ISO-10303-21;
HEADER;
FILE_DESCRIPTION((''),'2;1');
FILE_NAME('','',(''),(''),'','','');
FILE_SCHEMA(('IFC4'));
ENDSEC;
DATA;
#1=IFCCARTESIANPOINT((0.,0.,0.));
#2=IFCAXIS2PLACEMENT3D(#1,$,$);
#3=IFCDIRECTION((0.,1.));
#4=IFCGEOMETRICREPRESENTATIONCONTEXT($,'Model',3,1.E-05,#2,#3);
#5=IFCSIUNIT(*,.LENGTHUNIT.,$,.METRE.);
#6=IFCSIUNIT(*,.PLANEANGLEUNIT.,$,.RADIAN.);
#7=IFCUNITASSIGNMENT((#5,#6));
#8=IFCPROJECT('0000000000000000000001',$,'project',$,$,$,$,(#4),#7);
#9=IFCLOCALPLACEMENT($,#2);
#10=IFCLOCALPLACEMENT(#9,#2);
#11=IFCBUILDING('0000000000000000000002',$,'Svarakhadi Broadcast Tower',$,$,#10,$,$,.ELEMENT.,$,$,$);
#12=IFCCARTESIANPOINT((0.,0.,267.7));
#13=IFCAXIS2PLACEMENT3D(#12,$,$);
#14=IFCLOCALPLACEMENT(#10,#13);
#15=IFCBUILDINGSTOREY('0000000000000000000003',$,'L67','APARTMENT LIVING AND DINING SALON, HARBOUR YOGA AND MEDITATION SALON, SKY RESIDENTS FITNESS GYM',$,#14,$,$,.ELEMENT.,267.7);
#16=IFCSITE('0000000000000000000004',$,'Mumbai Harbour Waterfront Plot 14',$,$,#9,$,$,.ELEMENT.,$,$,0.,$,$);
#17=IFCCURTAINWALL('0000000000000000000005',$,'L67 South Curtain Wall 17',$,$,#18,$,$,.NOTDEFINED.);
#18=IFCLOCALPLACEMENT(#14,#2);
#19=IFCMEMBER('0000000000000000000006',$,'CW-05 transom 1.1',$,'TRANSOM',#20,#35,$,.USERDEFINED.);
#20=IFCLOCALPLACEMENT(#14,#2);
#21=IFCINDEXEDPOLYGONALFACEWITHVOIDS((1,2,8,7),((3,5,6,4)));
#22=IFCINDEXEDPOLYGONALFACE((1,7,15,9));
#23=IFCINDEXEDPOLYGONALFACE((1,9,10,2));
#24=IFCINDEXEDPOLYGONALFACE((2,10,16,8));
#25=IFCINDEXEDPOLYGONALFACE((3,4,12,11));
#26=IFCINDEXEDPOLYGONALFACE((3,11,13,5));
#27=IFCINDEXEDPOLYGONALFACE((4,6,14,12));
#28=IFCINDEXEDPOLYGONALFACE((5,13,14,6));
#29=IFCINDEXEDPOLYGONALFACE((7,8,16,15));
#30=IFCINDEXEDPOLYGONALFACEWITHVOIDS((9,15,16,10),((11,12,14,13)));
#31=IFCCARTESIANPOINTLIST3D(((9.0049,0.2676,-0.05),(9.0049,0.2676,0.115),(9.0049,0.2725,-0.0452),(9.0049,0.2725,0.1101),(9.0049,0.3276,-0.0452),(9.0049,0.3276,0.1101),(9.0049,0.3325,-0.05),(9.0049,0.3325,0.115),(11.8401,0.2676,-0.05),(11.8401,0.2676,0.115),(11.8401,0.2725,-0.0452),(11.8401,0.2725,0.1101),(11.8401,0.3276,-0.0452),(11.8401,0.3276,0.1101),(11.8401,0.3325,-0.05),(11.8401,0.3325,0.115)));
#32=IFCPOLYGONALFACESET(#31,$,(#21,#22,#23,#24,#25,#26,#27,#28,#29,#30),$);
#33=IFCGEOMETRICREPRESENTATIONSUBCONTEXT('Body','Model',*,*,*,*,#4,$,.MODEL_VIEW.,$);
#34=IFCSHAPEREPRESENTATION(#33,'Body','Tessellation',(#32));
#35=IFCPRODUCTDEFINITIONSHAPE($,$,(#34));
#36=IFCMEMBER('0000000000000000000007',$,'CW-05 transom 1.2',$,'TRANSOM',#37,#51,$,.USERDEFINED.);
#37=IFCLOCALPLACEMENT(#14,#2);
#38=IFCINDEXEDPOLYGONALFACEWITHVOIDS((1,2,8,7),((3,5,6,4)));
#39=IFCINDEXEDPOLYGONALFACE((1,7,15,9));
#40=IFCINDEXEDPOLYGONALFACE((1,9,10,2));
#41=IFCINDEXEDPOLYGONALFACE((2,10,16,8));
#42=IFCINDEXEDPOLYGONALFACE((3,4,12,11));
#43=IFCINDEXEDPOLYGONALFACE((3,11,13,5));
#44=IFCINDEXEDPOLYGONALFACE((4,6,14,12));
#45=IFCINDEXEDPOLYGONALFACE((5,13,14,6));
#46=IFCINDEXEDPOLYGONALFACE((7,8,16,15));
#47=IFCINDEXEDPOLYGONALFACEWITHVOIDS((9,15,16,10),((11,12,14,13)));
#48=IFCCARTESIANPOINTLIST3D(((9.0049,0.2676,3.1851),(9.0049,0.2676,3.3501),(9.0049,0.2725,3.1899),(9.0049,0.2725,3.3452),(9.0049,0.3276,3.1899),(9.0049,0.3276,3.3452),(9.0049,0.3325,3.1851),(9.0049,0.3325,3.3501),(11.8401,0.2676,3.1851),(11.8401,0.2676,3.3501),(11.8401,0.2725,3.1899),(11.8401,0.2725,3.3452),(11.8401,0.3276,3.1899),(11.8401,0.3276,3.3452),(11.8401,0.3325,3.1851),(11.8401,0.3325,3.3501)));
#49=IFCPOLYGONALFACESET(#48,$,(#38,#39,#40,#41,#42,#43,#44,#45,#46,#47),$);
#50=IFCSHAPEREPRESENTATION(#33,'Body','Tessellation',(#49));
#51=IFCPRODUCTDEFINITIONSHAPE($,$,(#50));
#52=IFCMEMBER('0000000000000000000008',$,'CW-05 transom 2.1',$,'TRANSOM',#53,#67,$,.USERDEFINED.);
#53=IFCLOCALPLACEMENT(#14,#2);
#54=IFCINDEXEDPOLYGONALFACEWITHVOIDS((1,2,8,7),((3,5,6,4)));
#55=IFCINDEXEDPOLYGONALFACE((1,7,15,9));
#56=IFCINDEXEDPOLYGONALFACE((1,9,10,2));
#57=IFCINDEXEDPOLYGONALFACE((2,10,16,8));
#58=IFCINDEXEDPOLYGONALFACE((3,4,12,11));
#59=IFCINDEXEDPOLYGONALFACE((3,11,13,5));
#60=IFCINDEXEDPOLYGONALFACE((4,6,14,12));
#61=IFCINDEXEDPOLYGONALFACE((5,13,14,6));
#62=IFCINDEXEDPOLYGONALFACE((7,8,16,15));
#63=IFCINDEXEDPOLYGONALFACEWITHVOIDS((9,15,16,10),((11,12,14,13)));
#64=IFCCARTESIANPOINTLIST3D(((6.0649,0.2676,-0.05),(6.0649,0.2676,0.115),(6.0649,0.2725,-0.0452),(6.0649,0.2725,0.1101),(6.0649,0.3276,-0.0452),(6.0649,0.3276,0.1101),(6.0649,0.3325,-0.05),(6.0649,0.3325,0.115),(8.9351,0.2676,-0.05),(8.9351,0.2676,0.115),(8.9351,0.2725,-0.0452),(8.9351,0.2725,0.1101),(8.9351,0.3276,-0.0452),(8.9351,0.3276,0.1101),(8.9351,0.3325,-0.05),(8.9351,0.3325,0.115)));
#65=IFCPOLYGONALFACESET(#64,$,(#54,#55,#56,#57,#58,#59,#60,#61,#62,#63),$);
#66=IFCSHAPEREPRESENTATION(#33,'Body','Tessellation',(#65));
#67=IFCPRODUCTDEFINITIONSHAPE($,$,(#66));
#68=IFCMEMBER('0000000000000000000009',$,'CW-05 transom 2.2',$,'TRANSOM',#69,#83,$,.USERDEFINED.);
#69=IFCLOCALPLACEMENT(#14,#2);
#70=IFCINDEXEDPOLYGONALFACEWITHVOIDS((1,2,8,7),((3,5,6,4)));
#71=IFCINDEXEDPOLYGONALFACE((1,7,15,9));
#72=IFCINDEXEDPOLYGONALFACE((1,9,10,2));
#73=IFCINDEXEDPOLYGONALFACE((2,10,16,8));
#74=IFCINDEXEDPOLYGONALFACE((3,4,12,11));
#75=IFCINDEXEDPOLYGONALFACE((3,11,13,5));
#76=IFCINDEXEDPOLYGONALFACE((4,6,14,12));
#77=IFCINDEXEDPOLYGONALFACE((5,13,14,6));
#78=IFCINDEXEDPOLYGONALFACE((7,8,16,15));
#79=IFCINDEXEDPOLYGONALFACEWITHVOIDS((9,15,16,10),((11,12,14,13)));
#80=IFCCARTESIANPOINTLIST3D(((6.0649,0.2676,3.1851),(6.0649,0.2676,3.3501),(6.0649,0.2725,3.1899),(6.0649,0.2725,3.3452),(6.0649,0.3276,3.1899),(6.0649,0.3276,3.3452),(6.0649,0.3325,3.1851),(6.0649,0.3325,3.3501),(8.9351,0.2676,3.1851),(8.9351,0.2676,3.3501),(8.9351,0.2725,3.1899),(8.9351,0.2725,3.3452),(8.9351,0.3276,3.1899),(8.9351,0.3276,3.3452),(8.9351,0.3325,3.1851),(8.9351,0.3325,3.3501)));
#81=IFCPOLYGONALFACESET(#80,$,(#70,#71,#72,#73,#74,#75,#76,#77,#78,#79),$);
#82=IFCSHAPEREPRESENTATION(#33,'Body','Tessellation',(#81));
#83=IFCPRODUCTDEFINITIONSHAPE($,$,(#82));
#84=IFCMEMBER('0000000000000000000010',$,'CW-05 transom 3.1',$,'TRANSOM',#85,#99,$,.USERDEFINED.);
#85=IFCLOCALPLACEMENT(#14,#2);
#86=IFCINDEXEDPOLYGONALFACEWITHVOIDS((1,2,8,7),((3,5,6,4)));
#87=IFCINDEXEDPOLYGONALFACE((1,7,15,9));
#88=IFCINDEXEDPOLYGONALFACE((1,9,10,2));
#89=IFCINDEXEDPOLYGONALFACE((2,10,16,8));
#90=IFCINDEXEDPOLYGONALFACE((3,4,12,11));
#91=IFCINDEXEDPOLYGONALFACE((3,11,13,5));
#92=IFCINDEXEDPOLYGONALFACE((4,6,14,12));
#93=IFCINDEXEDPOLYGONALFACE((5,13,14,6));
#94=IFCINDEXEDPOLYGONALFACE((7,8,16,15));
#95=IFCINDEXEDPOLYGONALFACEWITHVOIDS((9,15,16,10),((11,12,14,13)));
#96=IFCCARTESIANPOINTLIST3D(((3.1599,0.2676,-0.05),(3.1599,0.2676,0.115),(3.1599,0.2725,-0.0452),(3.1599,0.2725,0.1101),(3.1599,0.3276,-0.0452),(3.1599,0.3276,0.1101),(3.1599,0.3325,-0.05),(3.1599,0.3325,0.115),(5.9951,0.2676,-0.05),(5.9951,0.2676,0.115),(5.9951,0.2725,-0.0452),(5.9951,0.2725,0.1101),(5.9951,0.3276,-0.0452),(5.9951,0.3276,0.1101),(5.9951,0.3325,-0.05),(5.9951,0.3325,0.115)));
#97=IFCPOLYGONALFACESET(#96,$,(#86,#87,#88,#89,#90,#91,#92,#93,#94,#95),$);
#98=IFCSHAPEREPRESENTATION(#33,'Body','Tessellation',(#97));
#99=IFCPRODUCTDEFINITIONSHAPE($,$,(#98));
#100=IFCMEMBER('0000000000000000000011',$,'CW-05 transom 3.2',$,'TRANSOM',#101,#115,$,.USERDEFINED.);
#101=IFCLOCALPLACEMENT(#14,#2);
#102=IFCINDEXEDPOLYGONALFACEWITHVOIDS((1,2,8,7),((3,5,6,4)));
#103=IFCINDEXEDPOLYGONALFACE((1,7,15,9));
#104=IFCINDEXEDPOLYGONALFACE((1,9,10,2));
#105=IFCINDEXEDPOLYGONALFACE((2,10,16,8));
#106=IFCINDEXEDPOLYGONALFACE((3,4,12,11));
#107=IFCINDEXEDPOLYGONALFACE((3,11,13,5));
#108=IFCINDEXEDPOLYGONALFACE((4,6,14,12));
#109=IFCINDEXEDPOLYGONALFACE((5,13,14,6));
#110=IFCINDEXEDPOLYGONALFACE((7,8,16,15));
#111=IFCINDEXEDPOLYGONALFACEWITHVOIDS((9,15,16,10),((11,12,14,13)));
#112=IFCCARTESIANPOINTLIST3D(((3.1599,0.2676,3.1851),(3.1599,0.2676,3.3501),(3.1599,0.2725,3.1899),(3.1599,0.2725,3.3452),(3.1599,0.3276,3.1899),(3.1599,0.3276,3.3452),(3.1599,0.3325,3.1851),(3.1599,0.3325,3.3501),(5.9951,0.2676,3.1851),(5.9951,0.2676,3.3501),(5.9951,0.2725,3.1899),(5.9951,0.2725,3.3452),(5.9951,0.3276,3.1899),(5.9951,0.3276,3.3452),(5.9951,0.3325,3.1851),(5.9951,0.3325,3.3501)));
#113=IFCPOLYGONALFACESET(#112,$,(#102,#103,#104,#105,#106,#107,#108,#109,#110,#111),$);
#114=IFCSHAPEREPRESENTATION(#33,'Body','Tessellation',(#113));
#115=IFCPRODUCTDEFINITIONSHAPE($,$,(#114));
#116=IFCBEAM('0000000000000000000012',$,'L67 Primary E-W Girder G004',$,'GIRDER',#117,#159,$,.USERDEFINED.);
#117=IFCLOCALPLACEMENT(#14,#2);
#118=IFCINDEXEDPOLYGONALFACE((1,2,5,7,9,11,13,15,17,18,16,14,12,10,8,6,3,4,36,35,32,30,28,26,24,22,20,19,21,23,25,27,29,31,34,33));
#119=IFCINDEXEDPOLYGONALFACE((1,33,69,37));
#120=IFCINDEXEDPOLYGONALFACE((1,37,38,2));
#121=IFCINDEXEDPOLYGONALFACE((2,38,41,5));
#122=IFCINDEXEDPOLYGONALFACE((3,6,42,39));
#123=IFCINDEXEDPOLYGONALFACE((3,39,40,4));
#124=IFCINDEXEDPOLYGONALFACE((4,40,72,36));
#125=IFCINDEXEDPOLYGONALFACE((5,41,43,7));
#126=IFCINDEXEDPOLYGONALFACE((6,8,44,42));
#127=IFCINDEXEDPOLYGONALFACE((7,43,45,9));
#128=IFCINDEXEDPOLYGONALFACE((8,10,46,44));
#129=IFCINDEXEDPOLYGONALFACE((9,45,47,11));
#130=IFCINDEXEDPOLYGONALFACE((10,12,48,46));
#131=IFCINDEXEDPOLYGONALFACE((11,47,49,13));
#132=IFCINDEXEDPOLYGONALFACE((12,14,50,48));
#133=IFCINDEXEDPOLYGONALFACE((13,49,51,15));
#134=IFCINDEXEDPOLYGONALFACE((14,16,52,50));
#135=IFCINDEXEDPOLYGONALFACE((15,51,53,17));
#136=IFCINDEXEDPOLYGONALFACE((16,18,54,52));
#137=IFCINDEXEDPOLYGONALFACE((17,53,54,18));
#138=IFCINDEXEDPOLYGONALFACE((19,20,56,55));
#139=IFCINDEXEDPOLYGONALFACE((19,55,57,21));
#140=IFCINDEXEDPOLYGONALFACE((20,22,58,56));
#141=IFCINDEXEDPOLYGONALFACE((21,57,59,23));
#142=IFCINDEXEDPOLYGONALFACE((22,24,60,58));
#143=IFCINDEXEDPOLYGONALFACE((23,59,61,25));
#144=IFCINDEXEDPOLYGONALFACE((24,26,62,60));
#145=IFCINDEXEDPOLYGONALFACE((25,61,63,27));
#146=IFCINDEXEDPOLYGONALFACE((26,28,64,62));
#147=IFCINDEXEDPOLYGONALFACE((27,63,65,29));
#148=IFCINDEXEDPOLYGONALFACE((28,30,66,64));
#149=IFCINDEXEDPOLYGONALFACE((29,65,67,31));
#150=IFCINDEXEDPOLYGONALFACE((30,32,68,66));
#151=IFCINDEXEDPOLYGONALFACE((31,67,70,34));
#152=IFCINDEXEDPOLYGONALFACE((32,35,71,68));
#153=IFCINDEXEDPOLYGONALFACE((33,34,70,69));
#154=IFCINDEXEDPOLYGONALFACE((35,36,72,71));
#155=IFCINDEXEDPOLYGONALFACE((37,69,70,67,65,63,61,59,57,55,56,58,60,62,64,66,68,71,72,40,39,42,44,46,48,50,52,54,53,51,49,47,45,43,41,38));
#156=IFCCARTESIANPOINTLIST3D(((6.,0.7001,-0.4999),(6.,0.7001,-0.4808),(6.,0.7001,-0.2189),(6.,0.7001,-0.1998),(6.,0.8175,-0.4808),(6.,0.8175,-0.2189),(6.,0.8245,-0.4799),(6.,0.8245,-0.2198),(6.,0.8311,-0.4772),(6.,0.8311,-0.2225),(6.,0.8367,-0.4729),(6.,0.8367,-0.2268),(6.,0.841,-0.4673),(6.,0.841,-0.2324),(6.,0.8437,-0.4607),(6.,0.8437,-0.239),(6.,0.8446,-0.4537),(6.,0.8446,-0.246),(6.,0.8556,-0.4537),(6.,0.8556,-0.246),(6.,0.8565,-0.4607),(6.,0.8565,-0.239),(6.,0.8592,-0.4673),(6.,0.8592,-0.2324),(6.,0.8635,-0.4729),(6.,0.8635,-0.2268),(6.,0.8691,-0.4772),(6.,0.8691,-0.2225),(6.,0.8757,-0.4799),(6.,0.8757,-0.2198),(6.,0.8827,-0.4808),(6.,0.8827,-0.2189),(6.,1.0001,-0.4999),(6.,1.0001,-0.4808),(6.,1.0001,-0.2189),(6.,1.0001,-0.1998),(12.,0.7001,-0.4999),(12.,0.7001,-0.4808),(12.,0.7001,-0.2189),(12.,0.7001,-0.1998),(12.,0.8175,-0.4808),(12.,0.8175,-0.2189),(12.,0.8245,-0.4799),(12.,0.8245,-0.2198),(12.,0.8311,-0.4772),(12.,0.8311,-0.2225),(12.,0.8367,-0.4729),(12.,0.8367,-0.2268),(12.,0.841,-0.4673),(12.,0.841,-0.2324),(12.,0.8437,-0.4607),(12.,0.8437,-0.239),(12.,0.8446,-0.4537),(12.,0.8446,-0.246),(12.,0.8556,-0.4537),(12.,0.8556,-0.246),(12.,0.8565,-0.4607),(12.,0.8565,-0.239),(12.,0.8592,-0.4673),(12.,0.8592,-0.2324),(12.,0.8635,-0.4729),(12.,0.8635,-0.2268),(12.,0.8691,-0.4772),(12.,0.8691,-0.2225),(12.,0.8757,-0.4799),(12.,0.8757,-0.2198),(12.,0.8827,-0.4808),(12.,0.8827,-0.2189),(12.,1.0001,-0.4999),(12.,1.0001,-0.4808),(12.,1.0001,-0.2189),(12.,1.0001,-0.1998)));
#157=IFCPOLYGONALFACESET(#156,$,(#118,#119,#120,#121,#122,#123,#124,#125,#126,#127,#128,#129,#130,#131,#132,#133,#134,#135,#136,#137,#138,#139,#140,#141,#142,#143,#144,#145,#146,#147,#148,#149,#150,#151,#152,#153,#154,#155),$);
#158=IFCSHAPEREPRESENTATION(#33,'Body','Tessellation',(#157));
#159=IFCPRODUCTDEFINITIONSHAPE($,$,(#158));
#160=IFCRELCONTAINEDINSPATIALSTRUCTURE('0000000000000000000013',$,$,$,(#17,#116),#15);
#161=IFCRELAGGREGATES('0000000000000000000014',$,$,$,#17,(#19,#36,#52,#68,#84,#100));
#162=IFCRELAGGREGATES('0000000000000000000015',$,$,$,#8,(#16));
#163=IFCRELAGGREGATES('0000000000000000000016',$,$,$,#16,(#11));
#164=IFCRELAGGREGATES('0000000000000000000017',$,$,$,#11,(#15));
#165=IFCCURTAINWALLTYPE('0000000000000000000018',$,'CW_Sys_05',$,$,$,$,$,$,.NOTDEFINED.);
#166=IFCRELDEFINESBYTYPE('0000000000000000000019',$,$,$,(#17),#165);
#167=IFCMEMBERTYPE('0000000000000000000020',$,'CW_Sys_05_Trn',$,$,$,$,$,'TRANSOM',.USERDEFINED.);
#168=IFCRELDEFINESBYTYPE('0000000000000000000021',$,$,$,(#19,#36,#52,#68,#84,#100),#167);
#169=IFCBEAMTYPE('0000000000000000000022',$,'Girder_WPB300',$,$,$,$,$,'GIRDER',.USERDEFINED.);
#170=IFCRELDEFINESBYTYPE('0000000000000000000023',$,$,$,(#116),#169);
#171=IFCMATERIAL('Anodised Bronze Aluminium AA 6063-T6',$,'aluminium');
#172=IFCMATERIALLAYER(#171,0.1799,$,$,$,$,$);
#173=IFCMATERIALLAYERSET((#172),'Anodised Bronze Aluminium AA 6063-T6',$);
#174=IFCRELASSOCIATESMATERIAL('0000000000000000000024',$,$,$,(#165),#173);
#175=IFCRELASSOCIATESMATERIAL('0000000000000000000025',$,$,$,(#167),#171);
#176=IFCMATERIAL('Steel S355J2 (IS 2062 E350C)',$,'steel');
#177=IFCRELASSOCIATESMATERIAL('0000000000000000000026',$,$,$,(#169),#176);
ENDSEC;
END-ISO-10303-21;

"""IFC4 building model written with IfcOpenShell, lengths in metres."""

from ifc_helpers import new_model, si_unit, direction, frame, origin, origin_2d, place, context, subcontext, project, spatial, hollow_rectangle, i_section, extrude, material, layer, layer_set, material_profile, profile_set, type_object, element, aggregate, save


model = new_model("IFC4")

# Units and contexts
model_context = context("Model", 3, precision=1e-05, world=origin(), true_north=direction((0.0, 1.0)))
body_context = subcontext(model_context, "Body", "Model", "MODEL_VIEW")
ifc_project = project(units=[si_unit("LENGTHUNIT", "METRE"), si_unit("PLANEANGLEUNIT", "RADIAN")], contexts=[model_context])

# Site, building, storey
site_placement = place(None, origin())
site = spatial("IfcSite", under=ifc_project, at=site_placement, Name="Mumbai Harbour Waterfront Plot 14", CompositionType="ELEMENT", RefElevation=0.0)
building_placement = place(site_placement, origin())
building = spatial("IfcBuilding", under=site, at=building_placement, Name="Svarakhadi Broadcast Tower", CompositionType="ELEMENT")
storey_placement = place(building_placement, frame((0.0, 0.0, 267.7)))
storey = spatial("IfcBuildingStorey", under=building, at=storey_placement, Name="L67", Description="APARTMENT LIVING AND DINING SALON, HARBOUR YOGA AND MEDITATION SALON, SKY RESIDENTS FITNESS GYM", CompositionType="ELEMENT", Elevation=267.7)

# Curtain wall, members
ifc_material_1 = material(Name="Anodised Bronze Aluminium AA 6063-T6", Category="aluminium")
ifc_layer_1 = layer(ifc_material_1, 0.1799)
ifc_layer_set_1 = layer_set([ifc_layer_1], Name="Anodised Bronze Aluminium AA 6063-T6")
curtain_wall_type = type_object("IfcCurtainWallType", Name="CW_Sys_05", PredefinedType="NOTDEFINED", material=ifc_layer_set_1)
curtain_wall_placement = place(storey_placement, origin())
curtain_wall = element("IfcCurtainWall", 1, at=curtain_wall_placement, inside=storey, type_object=curtain_wall_type, Name="L67 South Curtain Wall 17", PredefinedType="NOTDEFINED")
ifc_material_profile_1 = material_profile(ifc_material_1, hollow_rectangle(XDim=0.0649, YDim=0.165, WallThickness=0.0049, at=origin_2d()), Name="ALU TRANSOM 165x65x5")
ifc_profile_set_1 = profile_set([ifc_material_profile_1], Name="Anodised Bronze Aluminium AA 6063-T6")
member_type_1 = type_object("IfcMemberType", Name="CW_Sys_05_Trn", ElementType="TRANSOM", PredefinedType="USERDEFINED", material=ifc_profile_set_1)
member_1_placement = place(storey_placement, frame((11.8401, 0.3, 0.0325), z_axis=(-1.0, 0.0, 0.0), x_axis=(0.0, -1.0, 0.0)))
member_1 = element("IfcMember", 2, at=member_1_placement, type_object=member_type_1, Name="CW-05 transom 1.1", ObjectType="TRANSOM", PredefinedType="USERDEFINED", context=body_context, shape_type="SweptSolid", body=[
    extrude(hollow_rectangle(XDim=0.0649, YDim=0.165, WallThickness=0.0049, at=origin_2d()), origin(), (0.0, 0.0, 1.0), 2.8352),
])
member_2_placement = place(storey_placement, frame((11.8401, 0.3, 3.2676), z_axis=(-1.0, 0.0, 0.0), x_axis=(0.0, -1.0, 0.0)))
member_2 = element("IfcMember", 3, at=member_2_placement, type_object=member_type_1, Name="CW-05 transom 1.2", ObjectType="TRANSOM", PredefinedType="USERDEFINED", context=body_context, shape_type="SweptSolid", body=[
    extrude(hollow_rectangle(XDim=0.0649, YDim=0.165, WallThickness=0.0049, at=origin_2d()), origin(), (0.0, 0.0, 1.0), 2.8352),
])
member_3_placement = place(storey_placement, frame((8.9351, 0.3, 0.0325), z_axis=(-1.0, 0.0, 0.0), x_axis=(0.0, -1.0, 0.0)))
member_3 = element("IfcMember", 4, at=member_3_placement, type_object=member_type_1, Name="CW-05 transom 2.1", ObjectType="TRANSOM", PredefinedType="USERDEFINED", context=body_context, shape_type="SweptSolid", body=[
    extrude(hollow_rectangle(XDim=0.0649, YDim=0.165, WallThickness=0.0049, at=origin_2d()), origin(), (0.0, 0.0, 1.0), 2.8701),
])
member_4_placement = place(storey_placement, frame((8.9351, 0.3, 3.2676), z_axis=(-1.0, 0.0, 0.0), x_axis=(0.0, -1.0, 0.0)))
member_4 = element("IfcMember", 5, at=member_4_placement, type_object=member_type_1, Name="CW-05 transom 2.2", ObjectType="TRANSOM", PredefinedType="USERDEFINED", context=body_context, shape_type="SweptSolid", body=[
    extrude(hollow_rectangle(XDim=0.0649, YDim=0.165, WallThickness=0.0049, at=origin_2d()), origin(), (0.0, 0.0, 1.0), 2.8701),
])
member_5_placement = place(storey_placement, frame((5.9951, 0.3, 0.0325), z_axis=(-1.0, 0.0, 0.0), x_axis=(0.0, -1.0, 0.0)))
member_5 = element("IfcMember", 6, at=member_5_placement, type_object=member_type_1, Name="CW-05 transom 3.1", ObjectType="TRANSOM", PredefinedType="USERDEFINED", context=body_context, shape_type="SweptSolid", body=[
    extrude(hollow_rectangle(XDim=0.0649, YDim=0.165, WallThickness=0.0049, at=origin_2d()), origin(), (0.0, 0.0, 1.0), 2.8352),
])
member_6_placement = place(storey_placement, frame((5.9951, 0.3, 3.2676), z_axis=(-1.0, 0.0, 0.0), x_axis=(0.0, -1.0, 0.0)))
member_6 = element("IfcMember", 7, at=member_6_placement, type_object=member_type_1, Name="CW-05 transom 3.2", ObjectType="TRANSOM", PredefinedType="USERDEFINED", context=body_context, shape_type="SweptSolid", body=[
    extrude(hollow_rectangle(XDim=0.0649, YDim=0.165, WallThickness=0.0049, at=origin_2d()), origin(), (0.0, 0.0, 1.0), 2.8352),
])

# Beam
ifc_material_2 = material(Name="Steel S355J2 (IS 2062 E350C)", Category="steel")
ifc_material_profile_2 = material_profile(ifc_material_2, i_section(OverallWidth=0.3, OverallDepth=0.3, WebThickness=0.011, FlangeThickness=0.019, FilletRadius=0.0271, at=origin_2d()), Name="WPB 300x300x117")
ifc_profile_set_2 = profile_set([ifc_material_profile_2], Name="Steel S355J2 (IS 2062 E350C)")
beam_type_1 = type_object("IfcBeamType", Name="Girder_WPB300", ElementType="GIRDER", PredefinedType="USERDEFINED", material=ifc_profile_set_2)
for number, where, z_axis, x_axis, name in (
    (8, (6.0, 0.8501, -0.3499), (1.0, 0.0, 0.0), (0.0, 1.0, 0.0), "L67 Primary E-W Girder G004"),
):
    element("IfcBeam", number, at=place(storey_placement, frame(where, z_axis=z_axis, x_axis=x_axis)), inside=storey, type_object=beam_type_1, Name=name, ObjectType="GIRDER", PredefinedType="USERDEFINED", context=body_context, shape_type="SweptSolid", body=[
        extrude(i_section(OverallWidth=0.3, OverallDepth=0.3, WebThickness=0.011, FlangeThickness=0.019, FilletRadius=0.0271, at=origin_2d()), origin(), (0.0, 0.0, 1.0), 6.0),
    ])

aggregate(curtain_wall, [member_1, member_2, member_3, member_4, member_5, member_6])

save(model, "model.ifc")
